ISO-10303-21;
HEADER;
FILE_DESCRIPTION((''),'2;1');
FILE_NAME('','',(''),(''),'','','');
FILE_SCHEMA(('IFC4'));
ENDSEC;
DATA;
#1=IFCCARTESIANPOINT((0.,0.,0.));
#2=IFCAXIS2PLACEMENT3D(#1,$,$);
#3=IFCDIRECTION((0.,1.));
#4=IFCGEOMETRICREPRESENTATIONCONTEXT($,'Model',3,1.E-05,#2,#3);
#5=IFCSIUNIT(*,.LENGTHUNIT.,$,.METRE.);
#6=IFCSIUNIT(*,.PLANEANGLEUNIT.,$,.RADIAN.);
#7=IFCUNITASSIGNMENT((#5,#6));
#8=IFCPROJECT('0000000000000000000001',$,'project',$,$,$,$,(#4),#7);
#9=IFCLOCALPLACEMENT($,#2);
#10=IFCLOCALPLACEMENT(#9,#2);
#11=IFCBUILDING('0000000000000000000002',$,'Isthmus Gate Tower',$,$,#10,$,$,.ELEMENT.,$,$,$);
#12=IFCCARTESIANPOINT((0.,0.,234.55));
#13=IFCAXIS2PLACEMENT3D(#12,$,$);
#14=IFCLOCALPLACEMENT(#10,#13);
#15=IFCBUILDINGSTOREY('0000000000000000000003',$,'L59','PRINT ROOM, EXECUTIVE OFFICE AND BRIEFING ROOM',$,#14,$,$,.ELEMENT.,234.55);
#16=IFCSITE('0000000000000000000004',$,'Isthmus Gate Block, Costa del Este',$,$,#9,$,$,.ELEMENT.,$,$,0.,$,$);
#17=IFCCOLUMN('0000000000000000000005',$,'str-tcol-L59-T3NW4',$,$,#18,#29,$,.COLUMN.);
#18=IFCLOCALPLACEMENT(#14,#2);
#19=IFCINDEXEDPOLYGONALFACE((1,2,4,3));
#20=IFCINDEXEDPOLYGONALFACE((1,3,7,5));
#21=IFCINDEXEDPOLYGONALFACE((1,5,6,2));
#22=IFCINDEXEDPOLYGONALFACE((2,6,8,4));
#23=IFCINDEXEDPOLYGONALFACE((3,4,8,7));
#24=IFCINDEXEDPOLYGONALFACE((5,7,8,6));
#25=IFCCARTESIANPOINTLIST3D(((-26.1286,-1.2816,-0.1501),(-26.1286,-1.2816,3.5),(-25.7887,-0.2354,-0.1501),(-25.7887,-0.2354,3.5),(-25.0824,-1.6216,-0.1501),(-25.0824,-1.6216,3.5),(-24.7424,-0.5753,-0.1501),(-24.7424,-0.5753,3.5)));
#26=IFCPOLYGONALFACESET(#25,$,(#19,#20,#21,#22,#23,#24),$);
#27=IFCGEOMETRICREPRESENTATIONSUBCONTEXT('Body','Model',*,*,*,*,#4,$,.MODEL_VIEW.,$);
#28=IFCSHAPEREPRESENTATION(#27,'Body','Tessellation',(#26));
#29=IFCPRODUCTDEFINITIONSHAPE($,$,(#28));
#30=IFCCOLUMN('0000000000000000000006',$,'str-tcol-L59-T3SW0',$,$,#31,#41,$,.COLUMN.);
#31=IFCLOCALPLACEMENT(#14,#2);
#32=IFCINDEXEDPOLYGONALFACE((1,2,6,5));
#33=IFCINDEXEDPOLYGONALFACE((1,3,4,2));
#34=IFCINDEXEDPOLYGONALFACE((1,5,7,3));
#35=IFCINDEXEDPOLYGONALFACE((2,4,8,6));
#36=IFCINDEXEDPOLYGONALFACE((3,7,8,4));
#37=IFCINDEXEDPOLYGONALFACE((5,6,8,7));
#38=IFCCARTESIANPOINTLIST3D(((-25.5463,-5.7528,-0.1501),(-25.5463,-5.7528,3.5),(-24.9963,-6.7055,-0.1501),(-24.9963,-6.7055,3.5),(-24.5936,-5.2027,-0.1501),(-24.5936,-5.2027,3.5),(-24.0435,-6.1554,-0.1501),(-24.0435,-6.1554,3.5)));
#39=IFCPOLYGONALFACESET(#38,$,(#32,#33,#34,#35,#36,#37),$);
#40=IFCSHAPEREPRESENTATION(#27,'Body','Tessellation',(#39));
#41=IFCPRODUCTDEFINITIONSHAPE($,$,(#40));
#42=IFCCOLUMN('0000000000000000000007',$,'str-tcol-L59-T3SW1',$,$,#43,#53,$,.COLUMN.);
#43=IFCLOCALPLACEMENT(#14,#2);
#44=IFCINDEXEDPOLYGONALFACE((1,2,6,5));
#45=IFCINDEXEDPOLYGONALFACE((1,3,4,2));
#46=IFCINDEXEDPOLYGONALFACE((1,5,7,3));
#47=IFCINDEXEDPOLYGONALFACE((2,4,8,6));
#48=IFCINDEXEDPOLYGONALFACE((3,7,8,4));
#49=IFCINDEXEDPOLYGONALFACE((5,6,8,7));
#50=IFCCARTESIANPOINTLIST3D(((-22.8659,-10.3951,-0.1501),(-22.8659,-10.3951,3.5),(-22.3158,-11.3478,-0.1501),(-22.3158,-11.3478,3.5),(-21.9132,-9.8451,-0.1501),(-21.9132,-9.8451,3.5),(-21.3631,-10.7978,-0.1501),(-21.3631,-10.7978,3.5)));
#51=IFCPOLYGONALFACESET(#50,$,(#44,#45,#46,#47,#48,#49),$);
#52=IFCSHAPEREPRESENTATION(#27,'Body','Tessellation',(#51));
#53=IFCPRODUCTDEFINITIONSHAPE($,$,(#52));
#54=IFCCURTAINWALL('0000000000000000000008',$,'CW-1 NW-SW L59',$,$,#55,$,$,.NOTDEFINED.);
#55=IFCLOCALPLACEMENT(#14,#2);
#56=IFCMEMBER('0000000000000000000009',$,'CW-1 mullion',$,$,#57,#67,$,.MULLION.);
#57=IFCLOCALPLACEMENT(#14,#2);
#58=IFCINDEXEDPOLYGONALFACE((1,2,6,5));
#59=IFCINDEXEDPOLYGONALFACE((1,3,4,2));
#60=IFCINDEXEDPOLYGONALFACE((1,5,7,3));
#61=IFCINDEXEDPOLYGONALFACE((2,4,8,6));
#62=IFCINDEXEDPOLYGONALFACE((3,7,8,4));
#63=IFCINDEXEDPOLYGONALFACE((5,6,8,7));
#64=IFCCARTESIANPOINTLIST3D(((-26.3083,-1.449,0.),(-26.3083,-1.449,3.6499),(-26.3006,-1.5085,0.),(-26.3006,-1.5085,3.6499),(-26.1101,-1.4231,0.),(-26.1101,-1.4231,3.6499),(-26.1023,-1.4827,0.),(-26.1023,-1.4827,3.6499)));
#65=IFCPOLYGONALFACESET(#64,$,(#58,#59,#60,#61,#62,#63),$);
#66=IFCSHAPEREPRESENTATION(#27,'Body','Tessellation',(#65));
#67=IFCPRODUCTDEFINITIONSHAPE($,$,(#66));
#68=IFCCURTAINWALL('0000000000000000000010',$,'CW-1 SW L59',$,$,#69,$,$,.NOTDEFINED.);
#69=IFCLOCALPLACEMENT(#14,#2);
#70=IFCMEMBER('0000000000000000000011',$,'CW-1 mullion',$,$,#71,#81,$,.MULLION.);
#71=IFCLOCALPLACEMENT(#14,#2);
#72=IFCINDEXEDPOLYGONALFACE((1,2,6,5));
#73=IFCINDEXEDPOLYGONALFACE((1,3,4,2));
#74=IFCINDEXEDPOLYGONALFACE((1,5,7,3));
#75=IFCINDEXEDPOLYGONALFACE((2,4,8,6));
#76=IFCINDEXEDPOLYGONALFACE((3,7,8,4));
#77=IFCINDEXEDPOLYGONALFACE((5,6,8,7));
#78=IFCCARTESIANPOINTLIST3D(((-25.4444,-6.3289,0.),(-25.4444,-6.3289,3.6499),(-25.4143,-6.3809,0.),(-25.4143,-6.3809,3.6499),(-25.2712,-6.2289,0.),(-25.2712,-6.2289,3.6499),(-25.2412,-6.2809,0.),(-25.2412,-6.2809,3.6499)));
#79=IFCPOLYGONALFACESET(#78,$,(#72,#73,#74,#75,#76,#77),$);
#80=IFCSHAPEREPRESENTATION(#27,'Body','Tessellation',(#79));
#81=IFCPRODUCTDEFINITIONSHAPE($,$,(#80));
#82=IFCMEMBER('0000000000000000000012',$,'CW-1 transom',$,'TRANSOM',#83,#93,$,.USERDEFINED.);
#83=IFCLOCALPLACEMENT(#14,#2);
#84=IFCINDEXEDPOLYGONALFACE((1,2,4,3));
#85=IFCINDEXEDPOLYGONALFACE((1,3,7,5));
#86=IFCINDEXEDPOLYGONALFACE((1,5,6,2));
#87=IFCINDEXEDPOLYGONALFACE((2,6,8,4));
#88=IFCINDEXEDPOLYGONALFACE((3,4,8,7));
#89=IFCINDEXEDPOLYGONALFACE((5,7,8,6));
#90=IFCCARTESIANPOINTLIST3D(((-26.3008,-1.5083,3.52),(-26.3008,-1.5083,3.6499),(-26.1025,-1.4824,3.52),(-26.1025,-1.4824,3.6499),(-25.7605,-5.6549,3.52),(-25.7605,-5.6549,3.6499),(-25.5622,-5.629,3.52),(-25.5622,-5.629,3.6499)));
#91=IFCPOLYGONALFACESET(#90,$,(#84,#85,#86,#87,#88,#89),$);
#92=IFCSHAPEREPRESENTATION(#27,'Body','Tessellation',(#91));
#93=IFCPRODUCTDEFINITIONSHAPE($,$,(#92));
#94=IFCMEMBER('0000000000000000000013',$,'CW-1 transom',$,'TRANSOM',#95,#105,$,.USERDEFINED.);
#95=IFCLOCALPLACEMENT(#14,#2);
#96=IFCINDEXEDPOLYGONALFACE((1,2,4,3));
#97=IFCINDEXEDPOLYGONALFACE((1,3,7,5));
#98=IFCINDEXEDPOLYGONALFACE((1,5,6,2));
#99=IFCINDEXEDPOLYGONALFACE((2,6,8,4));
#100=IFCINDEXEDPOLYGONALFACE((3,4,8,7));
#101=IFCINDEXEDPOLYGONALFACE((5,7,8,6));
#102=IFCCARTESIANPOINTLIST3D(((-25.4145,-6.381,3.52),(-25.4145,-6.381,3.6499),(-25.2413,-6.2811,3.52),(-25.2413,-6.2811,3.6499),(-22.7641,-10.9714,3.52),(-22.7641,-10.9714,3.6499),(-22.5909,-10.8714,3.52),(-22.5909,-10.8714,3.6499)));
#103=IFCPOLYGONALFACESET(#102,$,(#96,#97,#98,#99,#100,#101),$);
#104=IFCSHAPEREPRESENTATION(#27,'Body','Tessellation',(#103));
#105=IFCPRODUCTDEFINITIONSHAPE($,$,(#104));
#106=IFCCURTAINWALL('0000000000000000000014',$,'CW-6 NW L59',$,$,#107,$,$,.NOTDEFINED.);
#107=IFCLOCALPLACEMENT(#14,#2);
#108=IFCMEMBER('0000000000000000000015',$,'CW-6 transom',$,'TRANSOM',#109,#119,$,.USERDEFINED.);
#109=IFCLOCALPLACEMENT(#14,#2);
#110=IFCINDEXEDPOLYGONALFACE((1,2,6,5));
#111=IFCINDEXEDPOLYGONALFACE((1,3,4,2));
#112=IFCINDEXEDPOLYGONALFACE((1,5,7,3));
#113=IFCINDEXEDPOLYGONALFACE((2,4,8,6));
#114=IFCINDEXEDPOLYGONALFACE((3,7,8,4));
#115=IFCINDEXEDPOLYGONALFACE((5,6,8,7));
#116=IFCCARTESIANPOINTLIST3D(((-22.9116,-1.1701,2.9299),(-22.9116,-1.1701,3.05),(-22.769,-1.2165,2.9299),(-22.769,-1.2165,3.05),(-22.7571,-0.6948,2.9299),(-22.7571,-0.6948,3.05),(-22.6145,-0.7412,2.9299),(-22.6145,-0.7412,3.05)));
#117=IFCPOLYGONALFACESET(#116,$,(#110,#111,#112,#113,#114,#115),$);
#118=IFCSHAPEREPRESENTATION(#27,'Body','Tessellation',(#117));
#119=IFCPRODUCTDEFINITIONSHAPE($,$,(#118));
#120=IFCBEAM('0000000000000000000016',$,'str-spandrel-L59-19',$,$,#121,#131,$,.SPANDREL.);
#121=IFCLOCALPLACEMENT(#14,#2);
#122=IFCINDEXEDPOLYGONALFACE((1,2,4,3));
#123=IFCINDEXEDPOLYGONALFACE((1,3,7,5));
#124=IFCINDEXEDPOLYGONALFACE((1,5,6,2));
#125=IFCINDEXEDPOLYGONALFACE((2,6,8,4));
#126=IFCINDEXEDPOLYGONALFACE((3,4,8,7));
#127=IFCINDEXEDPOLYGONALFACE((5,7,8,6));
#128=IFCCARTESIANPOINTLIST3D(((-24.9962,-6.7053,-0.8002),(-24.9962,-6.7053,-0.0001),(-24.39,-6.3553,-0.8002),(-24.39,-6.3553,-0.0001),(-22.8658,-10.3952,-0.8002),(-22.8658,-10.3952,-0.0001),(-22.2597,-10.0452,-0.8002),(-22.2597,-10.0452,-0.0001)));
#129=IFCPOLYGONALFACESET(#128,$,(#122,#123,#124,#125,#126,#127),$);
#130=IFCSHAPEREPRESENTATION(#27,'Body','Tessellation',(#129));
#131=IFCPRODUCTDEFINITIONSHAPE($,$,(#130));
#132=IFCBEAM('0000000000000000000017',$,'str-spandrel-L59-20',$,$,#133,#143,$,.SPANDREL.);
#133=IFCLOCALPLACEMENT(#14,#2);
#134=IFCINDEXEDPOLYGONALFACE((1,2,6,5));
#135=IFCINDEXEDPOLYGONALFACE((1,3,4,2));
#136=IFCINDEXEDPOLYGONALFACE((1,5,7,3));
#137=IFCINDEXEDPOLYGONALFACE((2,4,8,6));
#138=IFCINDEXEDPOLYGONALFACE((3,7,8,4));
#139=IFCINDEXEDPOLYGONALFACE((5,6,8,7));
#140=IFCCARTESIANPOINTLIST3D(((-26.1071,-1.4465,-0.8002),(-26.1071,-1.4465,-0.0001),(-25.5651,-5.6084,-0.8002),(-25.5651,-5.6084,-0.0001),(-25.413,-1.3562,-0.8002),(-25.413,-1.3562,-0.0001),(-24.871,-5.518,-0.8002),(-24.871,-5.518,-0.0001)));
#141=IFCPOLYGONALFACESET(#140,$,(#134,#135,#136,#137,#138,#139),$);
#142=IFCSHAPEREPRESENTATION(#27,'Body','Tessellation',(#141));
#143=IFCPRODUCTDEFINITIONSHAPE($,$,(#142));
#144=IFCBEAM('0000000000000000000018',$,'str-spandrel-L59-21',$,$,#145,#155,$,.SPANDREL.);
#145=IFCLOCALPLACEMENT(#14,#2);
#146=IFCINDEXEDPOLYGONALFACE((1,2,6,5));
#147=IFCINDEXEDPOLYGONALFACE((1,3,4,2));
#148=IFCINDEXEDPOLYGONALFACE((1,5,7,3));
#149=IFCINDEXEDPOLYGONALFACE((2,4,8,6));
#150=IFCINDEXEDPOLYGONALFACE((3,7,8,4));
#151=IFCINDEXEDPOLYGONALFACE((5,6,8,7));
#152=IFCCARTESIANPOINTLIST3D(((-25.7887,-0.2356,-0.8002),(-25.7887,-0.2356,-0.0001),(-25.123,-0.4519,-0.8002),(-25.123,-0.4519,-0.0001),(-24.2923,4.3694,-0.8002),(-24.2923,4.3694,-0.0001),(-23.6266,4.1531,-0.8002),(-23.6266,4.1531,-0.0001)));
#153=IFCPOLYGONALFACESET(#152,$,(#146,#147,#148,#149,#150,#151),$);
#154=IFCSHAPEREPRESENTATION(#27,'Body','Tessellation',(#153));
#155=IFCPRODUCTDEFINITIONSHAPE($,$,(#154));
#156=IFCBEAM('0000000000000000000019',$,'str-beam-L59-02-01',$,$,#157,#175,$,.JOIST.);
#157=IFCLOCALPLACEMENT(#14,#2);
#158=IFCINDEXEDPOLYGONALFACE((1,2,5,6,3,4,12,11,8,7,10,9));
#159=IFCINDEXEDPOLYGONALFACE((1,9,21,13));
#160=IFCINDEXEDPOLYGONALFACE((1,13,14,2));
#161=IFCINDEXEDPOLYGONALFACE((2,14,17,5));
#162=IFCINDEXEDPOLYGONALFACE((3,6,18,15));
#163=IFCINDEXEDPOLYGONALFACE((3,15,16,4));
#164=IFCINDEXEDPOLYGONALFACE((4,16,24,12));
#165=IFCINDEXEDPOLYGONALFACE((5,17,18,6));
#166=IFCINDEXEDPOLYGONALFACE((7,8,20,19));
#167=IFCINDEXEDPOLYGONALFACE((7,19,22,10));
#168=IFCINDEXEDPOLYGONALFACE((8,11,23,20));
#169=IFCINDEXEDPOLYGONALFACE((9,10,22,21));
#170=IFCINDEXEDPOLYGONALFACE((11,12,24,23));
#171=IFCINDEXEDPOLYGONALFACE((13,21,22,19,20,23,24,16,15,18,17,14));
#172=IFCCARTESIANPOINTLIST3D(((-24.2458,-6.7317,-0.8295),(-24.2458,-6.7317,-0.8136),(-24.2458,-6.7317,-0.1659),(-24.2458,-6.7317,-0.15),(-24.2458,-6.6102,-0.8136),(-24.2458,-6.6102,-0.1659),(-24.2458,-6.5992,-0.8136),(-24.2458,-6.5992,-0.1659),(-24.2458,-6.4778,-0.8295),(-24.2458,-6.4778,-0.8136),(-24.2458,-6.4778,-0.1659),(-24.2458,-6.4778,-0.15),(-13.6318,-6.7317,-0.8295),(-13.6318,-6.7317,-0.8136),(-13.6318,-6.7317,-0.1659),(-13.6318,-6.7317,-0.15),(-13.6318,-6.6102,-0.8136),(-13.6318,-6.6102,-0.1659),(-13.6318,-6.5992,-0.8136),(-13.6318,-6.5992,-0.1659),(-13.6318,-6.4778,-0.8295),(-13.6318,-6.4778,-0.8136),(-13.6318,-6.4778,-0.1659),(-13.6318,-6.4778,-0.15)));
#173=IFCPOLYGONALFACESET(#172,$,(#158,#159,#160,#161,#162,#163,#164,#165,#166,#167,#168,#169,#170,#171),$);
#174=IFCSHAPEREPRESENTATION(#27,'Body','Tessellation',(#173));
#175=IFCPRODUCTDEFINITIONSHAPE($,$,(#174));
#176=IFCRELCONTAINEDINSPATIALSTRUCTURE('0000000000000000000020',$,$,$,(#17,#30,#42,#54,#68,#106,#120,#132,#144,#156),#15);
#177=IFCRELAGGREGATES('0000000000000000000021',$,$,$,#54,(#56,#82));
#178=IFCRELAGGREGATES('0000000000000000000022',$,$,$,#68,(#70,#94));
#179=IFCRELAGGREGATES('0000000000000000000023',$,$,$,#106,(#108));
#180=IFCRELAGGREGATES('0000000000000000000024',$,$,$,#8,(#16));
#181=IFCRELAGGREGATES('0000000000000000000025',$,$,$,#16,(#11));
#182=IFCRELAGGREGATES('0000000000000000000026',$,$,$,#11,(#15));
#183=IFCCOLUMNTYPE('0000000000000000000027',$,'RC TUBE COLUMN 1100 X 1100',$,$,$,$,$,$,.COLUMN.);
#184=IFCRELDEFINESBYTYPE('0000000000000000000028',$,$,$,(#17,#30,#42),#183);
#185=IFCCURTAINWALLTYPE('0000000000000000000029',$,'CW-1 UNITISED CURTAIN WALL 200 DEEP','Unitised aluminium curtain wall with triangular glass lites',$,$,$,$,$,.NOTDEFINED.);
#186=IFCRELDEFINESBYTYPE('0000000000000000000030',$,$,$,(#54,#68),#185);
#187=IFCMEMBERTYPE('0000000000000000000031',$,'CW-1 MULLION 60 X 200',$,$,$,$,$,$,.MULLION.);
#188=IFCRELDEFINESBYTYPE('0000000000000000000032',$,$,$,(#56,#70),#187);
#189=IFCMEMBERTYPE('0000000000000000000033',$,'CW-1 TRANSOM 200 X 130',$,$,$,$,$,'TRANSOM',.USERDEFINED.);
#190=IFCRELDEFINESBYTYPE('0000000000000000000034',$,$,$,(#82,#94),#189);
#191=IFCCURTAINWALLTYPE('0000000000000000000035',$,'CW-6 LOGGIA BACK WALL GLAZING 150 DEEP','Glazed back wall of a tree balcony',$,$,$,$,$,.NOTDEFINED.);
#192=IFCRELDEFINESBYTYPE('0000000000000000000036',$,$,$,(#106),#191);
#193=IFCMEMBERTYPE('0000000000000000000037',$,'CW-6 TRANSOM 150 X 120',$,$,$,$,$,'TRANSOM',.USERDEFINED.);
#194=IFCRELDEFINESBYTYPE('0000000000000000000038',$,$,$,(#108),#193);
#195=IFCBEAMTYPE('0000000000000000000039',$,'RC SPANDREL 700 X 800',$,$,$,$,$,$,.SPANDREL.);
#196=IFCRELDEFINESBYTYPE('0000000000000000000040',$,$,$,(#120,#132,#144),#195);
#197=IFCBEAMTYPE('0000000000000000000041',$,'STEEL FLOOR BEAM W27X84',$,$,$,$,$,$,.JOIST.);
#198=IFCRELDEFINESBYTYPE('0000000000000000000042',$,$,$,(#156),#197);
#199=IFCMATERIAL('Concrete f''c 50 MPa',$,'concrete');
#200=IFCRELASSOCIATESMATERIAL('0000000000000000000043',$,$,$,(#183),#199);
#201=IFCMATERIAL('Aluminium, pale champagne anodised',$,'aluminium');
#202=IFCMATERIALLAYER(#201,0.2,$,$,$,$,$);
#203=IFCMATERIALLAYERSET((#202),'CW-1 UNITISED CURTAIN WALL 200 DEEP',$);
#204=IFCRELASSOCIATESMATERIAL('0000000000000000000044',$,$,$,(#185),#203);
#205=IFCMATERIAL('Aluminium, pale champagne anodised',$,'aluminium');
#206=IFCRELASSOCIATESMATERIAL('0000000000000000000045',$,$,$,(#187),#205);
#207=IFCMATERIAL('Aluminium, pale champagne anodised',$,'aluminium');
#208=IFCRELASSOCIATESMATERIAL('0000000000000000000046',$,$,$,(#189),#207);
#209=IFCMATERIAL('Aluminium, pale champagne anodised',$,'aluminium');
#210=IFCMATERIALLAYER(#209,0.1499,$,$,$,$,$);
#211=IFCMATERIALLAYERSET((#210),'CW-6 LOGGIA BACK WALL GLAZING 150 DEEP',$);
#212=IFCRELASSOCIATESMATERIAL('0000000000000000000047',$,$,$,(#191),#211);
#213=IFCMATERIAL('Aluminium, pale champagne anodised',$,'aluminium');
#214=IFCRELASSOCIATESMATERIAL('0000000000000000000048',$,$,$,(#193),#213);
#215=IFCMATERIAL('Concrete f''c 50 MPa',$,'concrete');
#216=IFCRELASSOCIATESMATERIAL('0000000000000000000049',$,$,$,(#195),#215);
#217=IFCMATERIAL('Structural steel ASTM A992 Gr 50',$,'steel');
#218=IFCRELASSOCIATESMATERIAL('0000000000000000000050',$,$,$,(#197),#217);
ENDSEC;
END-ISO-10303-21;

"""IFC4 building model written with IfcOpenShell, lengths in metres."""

from ifc_helpers import new_model, si_unit, direction, frame, origin, origin_2d, place, context, subcontext, project, spatial, rectangle, i_section, extrude, material, layer, layer_set, material_profile, profile_set, type_object, element, aggregate, save


model = new_model("IFC4")

# Units and contexts
model_context = context("Model", 3, precision=1e-05, world=origin(), true_north=direction((0.0, 1.0)))
body_context = subcontext(model_context, "Body", "Model", "MODEL_VIEW")
ifc_project = project(units=[si_unit("LENGTHUNIT", "METRE"), si_unit("PLANEANGLEUNIT", "RADIAN")], contexts=[model_context])

# Site, building, storey
site_placement = place(None, origin())
site = spatial("IfcSite", under=ifc_project, at=site_placement, Name="Isthmus Gate Block, Costa del Este", CompositionType="ELEMENT", RefElevation=0.0)
building_placement = place(site_placement, origin())
building = spatial("IfcBuilding", under=site, at=building_placement, Name="Isthmus Gate Tower", CompositionType="ELEMENT")
storey_placement = place(building_placement, frame((0.0, 0.0, 234.55)))
storey = spatial("IfcBuildingStorey", under=building, at=storey_placement, Name="L59", Description="PRINT ROOM, EXECUTIVE OFFICE AND BRIEFING ROOM", CompositionType="ELEMENT", Elevation=234.55)

# Columns
ifc_material_1 = material(Name="Concrete f'c 50 MPa", Category="concrete")
ifc_material_profile_1 = material_profile(ifc_material_1, rectangle(XDim=1.1001, YDim=1.1001, at=origin_2d()), Name="RC 1100X1100")
ifc_profile_set_1 = profile_set([ifc_material_profile_1], Name="Concrete f'c 50 MPa")
column_type = type_object("IfcColumnType", Name="RC TUBE COLUMN 1100 X 1100", PredefinedType="COLUMN", material=ifc_profile_set_1)
for number, where, z_axis, x_axis, name in (
    (1, (-25.4355, -0.9285, -0.1501), (0.0, 0.0, 1.0), (-0.309017, -0.951057, 0.0), "str-tcol-L59-T3NW4"),
    (2, (-24.7949, -5.9541, -0.1501), (0.0, 0.0, 1.0), (0.5, -0.866025, 0.0), "str-tcol-L59-T3SW0"),
    (3, (-22.1145, -10.5964, -0.1501), (0.0, 0.0, 1.0), (0.5, -0.866025, 0.0), "str-tcol-L59-T3SW1"),
):
    element("IfcColumn", number, at=place(storey_placement, frame(where, z_axis=z_axis, x_axis=x_axis)), inside=storey, type_object=column_type, Name=name, PredefinedType="COLUMN", context=body_context, shape_type="SweptSolid", body=[
        extrude(rectangle(XDim=1.1001, YDim=1.1001, at=origin_2d()), origin(), (0.0, 0.0, 1.0), 3.6501),
    ])

# Curtain walls, members
ifc_material_2 = material(Name="Aluminium, pale champagne anodised", Category="aluminium")
ifc_layer_1 = layer(ifc_material_2, 0.2)
ifc_layer_set_1 = layer_set([ifc_layer_1], Name="CW-1 UNITISED CURTAIN WALL 200 DEEP")
curtain_wall_type_1 = type_object("IfcCurtainWallType", Name="CW-1 UNITISED CURTAIN WALL 200 DEEP", Description="Unitised aluminium curtain wall with triangular glass lites", PredefinedType="NOTDEFINED", material=ifc_layer_set_1)
curtain_wall_1_placement = place(storey_placement, origin())
curtain_wall_1 = element("IfcCurtainWall", 4, at=curtain_wall_1_placement, inside=storey, type_object=curtain_wall_type_1, Name="CW-1 NW-SW L59", PredefinedType="NOTDEFINED")
ifc_material_3 = material(Name="Aluminium, pale champagne anodised", Category="aluminium")
ifc_material_profile_2 = material_profile(ifc_material_3, rectangle(XDim=0.0601, YDim=0.2, at=origin_2d()), Name="60x200")
ifc_profile_set_2 = profile_set([ifc_material_profile_2], Name="Aluminium, pale champagne anodised")
member_type_1 = type_object("IfcMemberType", Name="CW-1 MULLION 60 X 200", PredefinedType="MULLION", material=ifc_profile_set_2)
member_1_placement = place(storey_placement, frame((-26.2053, -1.4658, 0.0), z_axis=(0.0, 0.0, 1.0), x_axis=(0.129165, -0.991623, 0.0)))
member_1 = element("IfcMember", 5, at=member_1_placement, type_object=member_type_1, Name="CW-1 mullion", PredefinedType="MULLION", context=body_context, shape_type="SweptSolid", body=[
    extrude(rectangle(XDim=0.0601, YDim=0.2, at=origin_2d()), origin(), (0.0, 0.0, 1.0), 3.6499),
])
curtain_wall_2_placement = place(storey_placement, origin())
curtain_wall_2 = element("IfcCurtainWall", 6, at=curtain_wall_2_placement, inside=storey, type_object=curtain_wall_type_1, Name="CW-1 SW L59", PredefinedType="NOTDEFINED")
member_2_placement = place(storey_placement, frame((-25.3428, -6.3049, 0.0), z_axis=(0.0, 0.0, 1.0), x_axis=(0.5, -0.866025, 0.0)))
member_2 = element("IfcMember", 7, at=member_2_placement, type_object=member_type_1, Name="CW-1 mullion", PredefinedType="MULLION", context=body_context, shape_type="SweptSolid", body=[
    extrude(rectangle(XDim=0.0601, YDim=0.2, at=origin_2d()), origin(), (0.0, 0.0, 1.0), 3.6499),
])

# Members
ifc_material_4 = material(Name="Aluminium, pale champagne anodised", Category="aluminium")
ifc_material_profile_3 = material_profile(ifc_material_4, rectangle(XDim=0.2, YDim=0.1299, at=origin_2d()), Name="200x130")
ifc_profile_set_3 = profile_set([ifc_material_profile_3], Name="Aluminium, pale champagne anodised")
member_type_2 = type_object("IfcMemberType", Name="CW-1 TRANSOM 200 X 130", ElementType="TRANSOM", PredefinedType="USERDEFINED", material=ifc_profile_set_3)
member_3_placement = place(storey_placement, frame((-26.2017, -1.4954, 3.585), z_axis=(0.129207, -0.991618, 0.0), x_axis=(0.991618, 0.129207, 0.0)))
member_3 = element("IfcMember", 8, at=member_3_placement, type_object=member_type_2, Name="CW-1 transom", ObjectType="TRANSOM", PredefinedType="USERDEFINED", context=body_context, shape_type="SweptSolid", body=[
    extrude(rectangle(XDim=0.2, YDim=0.1299, at=origin_2d()), origin(), (0.0, 0.0, 1.0), 4.1816),
])
member_4_placement = place(storey_placement, frame((-25.3279, -6.3311, 3.585), z_axis=(0.500023, -0.866012, 0.0), x_axis=(0.866012, 0.500023, 0.0)))
member_4 = element("IfcMember", 9, at=member_4_placement, type_object=member_type_2, Name="CW-1 transom", ObjectType="TRANSOM", PredefinedType="USERDEFINED", context=body_context, shape_type="SweptSolid", body=[
    extrude(rectangle(XDim=0.2, YDim=0.1299, at=origin_2d()), origin(), (0.0, 0.0, 1.0), 5.3005),
])

# Curtain wall, member
ifc_material_5 = material(Name="Aluminium, pale champagne anodised", Category="aluminium")
ifc_layer_2 = layer(ifc_material_5, 0.1499)
ifc_layer_set_2 = layer_set([ifc_layer_2], Name="CW-6 LOGGIA BACK WALL GLAZING 150 DEEP")
curtain_wall_type_2 = type_object("IfcCurtainWallType", Name="CW-6 LOGGIA BACK WALL GLAZING 150 DEEP", Description="Glazed back wall of a tree balcony", PredefinedType="NOTDEFINED", material=ifc_layer_set_2)
curtain_wall_3_placement = place(storey_placement, origin())
curtain_wall_3 = element("IfcCurtainWall", 10, at=curtain_wall_3_placement, inside=storey, type_object=curtain_wall_type_2, Name="CW-6 NW L59", PredefinedType="NOTDEFINED")
ifc_material_6 = material(Name="Aluminium, pale champagne anodised", Category="aluminium")
ifc_material_profile_4 = material_profile(ifc_material_6, rectangle(XDim=0.1499, YDim=0.1201, at=origin_2d()), Name="150x120")
ifc_profile_set_4 = profile_set([ifc_material_profile_4], Name="Aluminium, pale champagne anodised")
member_type_3 = type_object("IfcMemberType", Name="CW-6 TRANSOM 150 X 120", ElementType="TRANSOM", PredefinedType="USERDEFINED", material=ifc_profile_set_4)
member_5_placement = place(storey_placement, frame((-22.6858, -0.718, 2.99), z_axis=(-0.309185, -0.951002, 0.0), x_axis=(0.951002, -0.309185, 0.0)))
member_5 = element("IfcMember", 11, at=member_5_placement, type_object=member_type_3, Name="CW-6 transom", ObjectType="TRANSOM", PredefinedType="USERDEFINED", context=body_context, shape_type="SweptSolid", body=[
    extrude(rectangle(XDim=0.1499, YDim=0.1201, at=origin_2d()), origin(), (0.0, 0.0, 1.0), 0.4998),
])

# Beams
ifc_material_7 = material(Name="Concrete f'c 50 MPa", Category="concrete")
ifc_material_profile_5 = material_profile(ifc_material_7, rectangle(XDim=0.7, YDim=0.8, at=origin_2d()), Name="RC 700X800")
ifc_profile_set_5 = profile_set([ifc_material_profile_5], Name="Concrete f'c 50 MPa")
beam_type_1 = type_object("IfcBeamType", Name="RC SPANDREL 700 X 800", PredefinedType="SPANDREL", material=ifc_profile_set_5)
beam_1_placement = place(storey_placement, frame((-22.5627, -10.2202, -0.4001), z_axis=(-0.499997, 0.866027, 0.0), x_axis=(-0.866027, -0.499997, 0.0)))
element("IfcBeam", 12, at=beam_1_placement, inside=storey, type_object=beam_type_1, Name="str-spandrel-L59-19", PredefinedType="SPANDREL", context=body_context, shape_type="SweptSolid", body=[
    extrude(rectangle(XDim=0.7, YDim=0.8, at=origin_2d()), origin(), (0.0, 0.0, 1.0), 4.2607),
])
beam_2_placement = place(storey_placement, frame((-25.218, -5.5632, -0.4001), z_axis=(-0.129138, 0.991627, 0.0), x_axis=(-0.991627, -0.129138, 0.0)))
element("IfcBeam", 13, at=beam_2_placement, inside=storey, type_object=beam_type_1, Name="str-spandrel-L59-20", PredefinedType="SPANDREL", context=body_context, shape_type="SweptSolid", body=[
    extrude(rectangle(XDim=0.7, YDim=0.8, at=origin_2d()), origin(), (0.0, 0.0, 1.0), 4.197),
])
beam_3_placement = place(storey_placement, frame((-25.4558, -0.3438, -0.4001), z_axis=(0.309034, 0.951051, 0.0), x_axis=(-0.951051, 0.309034, 0.0)))
element("IfcBeam", 14, at=beam_3_placement, inside=storey, type_object=beam_type_1, Name="str-spandrel-L59-21", PredefinedType="SPANDREL", context=body_context, shape_type="SweptSolid", body=[
    extrude(rectangle(XDim=0.7, YDim=0.8, at=origin_2d()), origin(), (0.0, 0.0, 1.0), 4.842),
])
ifc_material_8 = material(Name="Structural steel ASTM A992 Gr 50", Category="steel")
ifc_material_profile_6 = material_profile(ifc_material_8, i_section(OverallWidth=0.2539, OverallDepth=0.6794, WebThickness=0.011, FlangeThickness=0.0159, at=origin_2d()), Name="W27X84")
ifc_profile_set_6 = profile_set([ifc_material_profile_6], Name="Structural steel ASTM A992 Gr 50")
beam_type_2 = type_object("IfcBeamType", Name="STEEL FLOOR BEAM W27X84", PredefinedType="JOIST", material=ifc_profile_set_6)
beam_4_placement = place(storey_placement, frame((-24.2458, -6.6047, -0.4897), z_axis=(1.0, 0.0, 0.0), x_axis=(0.0, 1.0, 0.0)))
element("IfcBeam", 15, at=beam_4_placement, inside=storey, type_object=beam_type_2, Name="str-beam-L59-02-01", PredefinedType="JOIST", context=body_context, shape_type="SweptSolid", body=[
    extrude(i_section(OverallWidth=0.2539, OverallDepth=0.6794, WebThickness=0.011, FlangeThickness=0.0159, at=origin_2d()), origin(), (0.0, 0.0, 1.0), 10.614),
])

aggregate(curtain_wall_1, [member_1, member_3])
aggregate(curtain_wall_2, [member_2, member_4])
aggregate(curtain_wall_3, [member_5])

save(model, "model.ifc")
